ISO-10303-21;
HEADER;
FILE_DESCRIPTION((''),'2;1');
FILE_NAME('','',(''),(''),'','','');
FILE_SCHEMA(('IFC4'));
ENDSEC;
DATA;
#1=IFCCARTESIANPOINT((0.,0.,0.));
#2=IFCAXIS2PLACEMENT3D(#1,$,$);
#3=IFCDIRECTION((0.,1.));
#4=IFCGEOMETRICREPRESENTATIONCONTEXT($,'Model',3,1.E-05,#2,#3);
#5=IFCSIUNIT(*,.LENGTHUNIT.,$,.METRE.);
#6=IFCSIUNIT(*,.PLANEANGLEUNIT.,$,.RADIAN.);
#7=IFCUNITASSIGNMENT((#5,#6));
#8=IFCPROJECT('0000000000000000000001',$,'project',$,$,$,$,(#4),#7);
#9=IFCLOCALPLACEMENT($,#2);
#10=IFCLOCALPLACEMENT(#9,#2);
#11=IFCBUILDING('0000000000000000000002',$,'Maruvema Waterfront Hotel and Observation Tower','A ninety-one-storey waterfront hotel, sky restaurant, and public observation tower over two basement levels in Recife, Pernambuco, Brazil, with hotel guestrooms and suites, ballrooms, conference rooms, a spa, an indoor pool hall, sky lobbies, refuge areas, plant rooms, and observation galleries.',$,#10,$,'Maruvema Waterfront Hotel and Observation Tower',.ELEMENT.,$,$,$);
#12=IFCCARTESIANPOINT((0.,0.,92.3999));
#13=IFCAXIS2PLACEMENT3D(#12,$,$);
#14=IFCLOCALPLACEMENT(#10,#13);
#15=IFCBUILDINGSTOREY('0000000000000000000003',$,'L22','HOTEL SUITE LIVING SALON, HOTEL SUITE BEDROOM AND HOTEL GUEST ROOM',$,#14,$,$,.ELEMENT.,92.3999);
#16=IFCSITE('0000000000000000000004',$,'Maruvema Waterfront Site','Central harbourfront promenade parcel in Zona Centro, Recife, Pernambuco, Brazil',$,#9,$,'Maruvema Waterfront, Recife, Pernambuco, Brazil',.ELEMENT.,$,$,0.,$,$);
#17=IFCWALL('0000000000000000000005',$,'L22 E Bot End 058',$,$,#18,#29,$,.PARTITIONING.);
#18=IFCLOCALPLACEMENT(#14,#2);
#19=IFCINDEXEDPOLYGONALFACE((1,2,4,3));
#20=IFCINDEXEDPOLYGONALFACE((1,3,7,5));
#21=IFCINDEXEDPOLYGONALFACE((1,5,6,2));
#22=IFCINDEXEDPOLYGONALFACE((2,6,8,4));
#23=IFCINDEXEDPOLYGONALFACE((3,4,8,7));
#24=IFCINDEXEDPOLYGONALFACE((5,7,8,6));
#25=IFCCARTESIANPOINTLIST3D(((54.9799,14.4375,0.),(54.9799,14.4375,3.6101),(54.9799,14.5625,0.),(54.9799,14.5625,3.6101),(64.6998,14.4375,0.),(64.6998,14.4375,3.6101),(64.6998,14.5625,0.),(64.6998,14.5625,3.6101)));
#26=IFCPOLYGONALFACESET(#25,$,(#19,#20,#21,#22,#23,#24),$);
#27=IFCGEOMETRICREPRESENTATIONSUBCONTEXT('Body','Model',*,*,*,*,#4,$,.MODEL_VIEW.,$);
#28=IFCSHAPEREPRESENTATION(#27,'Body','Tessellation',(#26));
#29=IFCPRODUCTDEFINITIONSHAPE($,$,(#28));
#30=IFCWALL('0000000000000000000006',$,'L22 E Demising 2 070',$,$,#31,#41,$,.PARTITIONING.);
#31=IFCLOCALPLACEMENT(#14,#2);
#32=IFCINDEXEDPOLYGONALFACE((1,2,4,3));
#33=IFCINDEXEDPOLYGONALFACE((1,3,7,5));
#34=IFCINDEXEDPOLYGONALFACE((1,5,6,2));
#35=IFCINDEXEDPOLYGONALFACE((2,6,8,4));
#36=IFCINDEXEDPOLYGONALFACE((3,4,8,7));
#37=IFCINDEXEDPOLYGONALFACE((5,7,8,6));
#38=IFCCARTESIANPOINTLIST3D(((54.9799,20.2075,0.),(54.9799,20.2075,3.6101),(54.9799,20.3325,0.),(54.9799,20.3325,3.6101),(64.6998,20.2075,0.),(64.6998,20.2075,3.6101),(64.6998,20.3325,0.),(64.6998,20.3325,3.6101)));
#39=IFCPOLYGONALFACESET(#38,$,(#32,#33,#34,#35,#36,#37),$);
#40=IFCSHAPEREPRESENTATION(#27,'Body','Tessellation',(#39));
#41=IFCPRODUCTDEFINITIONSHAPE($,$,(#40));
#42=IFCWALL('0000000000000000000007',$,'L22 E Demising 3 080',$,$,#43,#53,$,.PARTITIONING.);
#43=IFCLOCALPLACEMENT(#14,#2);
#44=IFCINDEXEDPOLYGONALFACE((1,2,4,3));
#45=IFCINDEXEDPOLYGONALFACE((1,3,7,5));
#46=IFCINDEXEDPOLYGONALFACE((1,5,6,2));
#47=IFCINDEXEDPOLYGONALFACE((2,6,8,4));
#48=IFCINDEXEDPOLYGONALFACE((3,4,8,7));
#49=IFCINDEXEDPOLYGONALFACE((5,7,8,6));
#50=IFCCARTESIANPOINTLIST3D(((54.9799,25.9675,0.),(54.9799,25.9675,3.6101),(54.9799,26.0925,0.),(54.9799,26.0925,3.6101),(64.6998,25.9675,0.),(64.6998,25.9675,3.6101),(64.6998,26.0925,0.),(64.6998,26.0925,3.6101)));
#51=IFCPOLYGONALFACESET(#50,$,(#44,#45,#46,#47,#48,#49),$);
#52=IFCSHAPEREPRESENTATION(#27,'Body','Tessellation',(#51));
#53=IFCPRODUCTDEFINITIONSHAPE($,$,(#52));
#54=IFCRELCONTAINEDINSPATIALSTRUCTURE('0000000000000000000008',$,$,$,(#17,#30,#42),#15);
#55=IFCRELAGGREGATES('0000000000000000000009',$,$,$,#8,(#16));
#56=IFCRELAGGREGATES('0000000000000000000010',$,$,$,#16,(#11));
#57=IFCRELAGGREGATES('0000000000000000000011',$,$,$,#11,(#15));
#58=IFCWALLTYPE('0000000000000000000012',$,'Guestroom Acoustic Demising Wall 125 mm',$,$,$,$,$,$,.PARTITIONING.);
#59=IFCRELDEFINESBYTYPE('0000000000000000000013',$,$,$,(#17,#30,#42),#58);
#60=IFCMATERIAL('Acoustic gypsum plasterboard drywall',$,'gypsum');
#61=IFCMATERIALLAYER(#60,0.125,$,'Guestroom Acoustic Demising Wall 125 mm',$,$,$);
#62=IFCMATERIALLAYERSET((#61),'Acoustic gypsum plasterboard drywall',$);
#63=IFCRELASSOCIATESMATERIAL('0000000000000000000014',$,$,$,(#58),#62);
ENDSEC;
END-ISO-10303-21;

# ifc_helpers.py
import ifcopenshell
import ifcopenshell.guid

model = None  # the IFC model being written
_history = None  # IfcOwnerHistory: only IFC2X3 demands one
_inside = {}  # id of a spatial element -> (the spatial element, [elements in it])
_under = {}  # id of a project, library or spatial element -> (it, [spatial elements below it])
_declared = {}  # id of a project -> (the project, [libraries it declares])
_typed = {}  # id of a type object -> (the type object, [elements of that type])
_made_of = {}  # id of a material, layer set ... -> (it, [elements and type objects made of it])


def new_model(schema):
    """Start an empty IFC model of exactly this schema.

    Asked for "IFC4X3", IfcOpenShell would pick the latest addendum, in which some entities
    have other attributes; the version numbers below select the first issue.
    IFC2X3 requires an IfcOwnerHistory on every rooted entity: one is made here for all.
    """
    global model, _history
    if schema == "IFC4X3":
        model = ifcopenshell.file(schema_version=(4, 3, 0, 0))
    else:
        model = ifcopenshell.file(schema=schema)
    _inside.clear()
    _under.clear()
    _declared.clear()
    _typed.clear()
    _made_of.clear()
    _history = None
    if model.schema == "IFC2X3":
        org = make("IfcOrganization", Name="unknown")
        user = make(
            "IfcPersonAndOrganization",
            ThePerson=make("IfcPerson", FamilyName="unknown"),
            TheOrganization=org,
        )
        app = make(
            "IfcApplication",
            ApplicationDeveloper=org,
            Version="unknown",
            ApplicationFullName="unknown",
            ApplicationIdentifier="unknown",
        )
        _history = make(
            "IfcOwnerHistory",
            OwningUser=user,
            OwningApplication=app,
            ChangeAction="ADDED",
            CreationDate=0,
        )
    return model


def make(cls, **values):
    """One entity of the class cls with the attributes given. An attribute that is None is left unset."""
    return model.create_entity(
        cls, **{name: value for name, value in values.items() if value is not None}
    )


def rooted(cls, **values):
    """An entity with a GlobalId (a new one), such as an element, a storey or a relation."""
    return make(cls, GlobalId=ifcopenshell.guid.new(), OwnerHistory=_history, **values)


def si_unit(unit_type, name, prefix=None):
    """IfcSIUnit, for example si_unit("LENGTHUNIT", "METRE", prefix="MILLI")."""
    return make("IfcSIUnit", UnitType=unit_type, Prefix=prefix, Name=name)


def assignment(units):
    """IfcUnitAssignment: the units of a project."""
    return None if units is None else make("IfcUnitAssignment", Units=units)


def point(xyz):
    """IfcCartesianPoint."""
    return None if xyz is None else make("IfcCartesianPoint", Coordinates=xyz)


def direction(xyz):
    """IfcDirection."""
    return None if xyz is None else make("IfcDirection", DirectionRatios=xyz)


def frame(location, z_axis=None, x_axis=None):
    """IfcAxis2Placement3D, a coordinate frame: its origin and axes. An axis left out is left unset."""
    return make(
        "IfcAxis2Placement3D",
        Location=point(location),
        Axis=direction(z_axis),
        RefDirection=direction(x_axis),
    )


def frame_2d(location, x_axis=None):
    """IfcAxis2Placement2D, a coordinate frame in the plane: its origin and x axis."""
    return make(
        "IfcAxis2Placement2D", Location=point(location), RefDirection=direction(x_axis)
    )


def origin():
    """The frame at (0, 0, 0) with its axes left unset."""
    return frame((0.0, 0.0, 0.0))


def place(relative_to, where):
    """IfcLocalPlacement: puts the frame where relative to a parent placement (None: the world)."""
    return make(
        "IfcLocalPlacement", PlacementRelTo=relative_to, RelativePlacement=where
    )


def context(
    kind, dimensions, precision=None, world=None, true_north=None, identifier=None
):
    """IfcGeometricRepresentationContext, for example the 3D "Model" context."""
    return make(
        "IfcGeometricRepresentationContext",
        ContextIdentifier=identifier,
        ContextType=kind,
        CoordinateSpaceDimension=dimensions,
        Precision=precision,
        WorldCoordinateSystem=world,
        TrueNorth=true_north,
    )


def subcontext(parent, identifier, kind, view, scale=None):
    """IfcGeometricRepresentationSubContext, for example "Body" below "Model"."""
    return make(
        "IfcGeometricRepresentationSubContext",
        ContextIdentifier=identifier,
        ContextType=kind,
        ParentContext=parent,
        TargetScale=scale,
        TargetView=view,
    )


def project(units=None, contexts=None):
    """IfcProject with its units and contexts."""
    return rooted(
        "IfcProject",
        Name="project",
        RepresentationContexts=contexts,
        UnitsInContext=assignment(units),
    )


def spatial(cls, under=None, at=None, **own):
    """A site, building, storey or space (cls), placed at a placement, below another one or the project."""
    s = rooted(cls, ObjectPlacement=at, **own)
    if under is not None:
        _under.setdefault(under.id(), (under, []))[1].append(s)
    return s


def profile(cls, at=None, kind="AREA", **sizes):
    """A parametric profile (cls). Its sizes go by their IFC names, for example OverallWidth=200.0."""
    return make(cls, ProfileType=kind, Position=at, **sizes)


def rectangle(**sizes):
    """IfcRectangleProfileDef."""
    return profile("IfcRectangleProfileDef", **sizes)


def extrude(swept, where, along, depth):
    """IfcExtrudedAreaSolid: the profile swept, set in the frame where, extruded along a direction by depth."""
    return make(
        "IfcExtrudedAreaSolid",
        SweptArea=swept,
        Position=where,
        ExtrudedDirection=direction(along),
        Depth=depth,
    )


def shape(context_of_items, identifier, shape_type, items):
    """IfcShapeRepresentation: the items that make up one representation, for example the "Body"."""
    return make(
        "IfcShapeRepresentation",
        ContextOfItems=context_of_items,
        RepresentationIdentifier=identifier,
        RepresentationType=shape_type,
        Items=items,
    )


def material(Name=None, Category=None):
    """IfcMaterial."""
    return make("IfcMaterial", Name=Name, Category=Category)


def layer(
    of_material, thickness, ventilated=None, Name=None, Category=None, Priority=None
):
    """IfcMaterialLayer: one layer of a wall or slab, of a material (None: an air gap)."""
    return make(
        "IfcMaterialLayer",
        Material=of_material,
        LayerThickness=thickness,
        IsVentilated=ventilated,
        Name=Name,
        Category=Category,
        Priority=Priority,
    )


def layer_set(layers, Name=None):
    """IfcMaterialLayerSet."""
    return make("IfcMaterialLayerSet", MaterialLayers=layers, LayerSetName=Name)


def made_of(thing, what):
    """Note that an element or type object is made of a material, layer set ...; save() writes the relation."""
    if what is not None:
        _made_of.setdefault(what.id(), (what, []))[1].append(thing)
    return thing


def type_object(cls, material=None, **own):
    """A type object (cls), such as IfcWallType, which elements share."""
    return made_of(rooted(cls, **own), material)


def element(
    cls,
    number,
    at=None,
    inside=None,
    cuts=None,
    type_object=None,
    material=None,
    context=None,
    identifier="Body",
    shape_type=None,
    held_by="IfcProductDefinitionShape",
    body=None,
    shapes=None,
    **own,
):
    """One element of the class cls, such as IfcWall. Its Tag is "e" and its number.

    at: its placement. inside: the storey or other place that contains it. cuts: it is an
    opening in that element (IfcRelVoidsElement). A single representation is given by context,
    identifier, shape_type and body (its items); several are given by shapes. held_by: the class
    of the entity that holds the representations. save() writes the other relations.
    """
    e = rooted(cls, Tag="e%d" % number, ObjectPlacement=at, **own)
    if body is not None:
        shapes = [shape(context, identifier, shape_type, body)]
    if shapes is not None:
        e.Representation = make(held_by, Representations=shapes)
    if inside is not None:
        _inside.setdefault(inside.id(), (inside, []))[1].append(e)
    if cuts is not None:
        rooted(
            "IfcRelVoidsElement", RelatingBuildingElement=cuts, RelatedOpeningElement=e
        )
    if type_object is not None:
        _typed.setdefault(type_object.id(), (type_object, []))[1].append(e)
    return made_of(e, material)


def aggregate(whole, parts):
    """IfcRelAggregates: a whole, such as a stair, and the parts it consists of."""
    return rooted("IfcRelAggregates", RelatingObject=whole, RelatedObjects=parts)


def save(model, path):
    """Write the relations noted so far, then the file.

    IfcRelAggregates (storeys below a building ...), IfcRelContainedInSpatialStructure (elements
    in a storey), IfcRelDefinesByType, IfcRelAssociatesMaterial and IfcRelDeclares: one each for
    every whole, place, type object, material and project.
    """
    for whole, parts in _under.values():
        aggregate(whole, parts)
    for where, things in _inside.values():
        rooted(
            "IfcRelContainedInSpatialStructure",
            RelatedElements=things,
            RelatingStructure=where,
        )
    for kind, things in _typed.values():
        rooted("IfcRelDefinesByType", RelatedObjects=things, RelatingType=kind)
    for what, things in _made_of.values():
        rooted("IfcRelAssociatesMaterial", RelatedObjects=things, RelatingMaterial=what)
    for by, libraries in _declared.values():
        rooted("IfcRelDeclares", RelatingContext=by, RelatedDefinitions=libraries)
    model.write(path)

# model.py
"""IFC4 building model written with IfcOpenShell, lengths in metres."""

from ifc_helpers import new_model, si_unit, direction, frame, frame_2d, origin, place, context, subcontext, project, spatial, rectangle, extrude, material, layer, layer_set, type_object, element, save


model = new_model("IFC4")

# Units and contexts
model_context = context("Model", 3, precision=1e-05, world=origin(), true_north=direction((0.0, 1.0)))
body_context = subcontext(model_context, "Body", "Model", "MODEL_VIEW")
ifc_project = project(units=[si_unit("LENGTHUNIT", "METRE"), si_unit("PLANEANGLEUNIT", "RADIAN")], contexts=[model_context])

# Site, building, storey
site_placement = place(None, origin())
site = spatial("IfcSite", under=ifc_project, at=site_placement, Name="Maruvema Waterfront Site", Description="Central harbourfront promenade parcel in Zona Centro, Recife, Pernambuco, Brazil", LongName="Maruvema Waterfront, Recife, Pernambuco, Brazil", CompositionType="ELEMENT", RefElevation=0.0)
building_placement = place(site_placement, origin())
building = spatial("IfcBuilding", under=site, at=building_placement, Name="Maruvema Waterfront Hotel and Observation Tower", Description="A ninety-one-storey waterfront hotel, sky restaurant, and public observation tower over two basement levels in Recife, Pernambuco, Brazil, with hotel guestrooms and suites, ballrooms, conference rooms, a spa, an indoor pool hall, sky lobbies, refuge areas, plant rooms, and observation galleries.", LongName="Maruvema Waterfront Hotel and Observation Tower", CompositionType="ELEMENT")
storey_placement = place(building_placement, frame((0.0, 0.0, 92.3999)))
storey = spatial("IfcBuildingStorey", under=building, at=storey_placement, Name="L22", Description="HOTEL SUITE LIVING SALON, HOTEL SUITE BEDROOM AND HOTEL GUEST ROOM", CompositionType="ELEMENT", Elevation=92.3999)

# Walls
ifc_material_1 = material(Name="Acoustic gypsum plasterboard drywall", Category="gypsum")
ifc_layer_1 = layer(ifc_material_1, 0.125, Name="Guestroom Acoustic Demising Wall 125 mm")
ifc_layer_set_1 = layer_set([ifc_layer_1], Name="Acoustic gypsum plasterboard drywall")
wall_type_1 = type_object("IfcWallType", Name="Guestroom Acoustic Demising Wall 125 mm", PredefinedType="PARTITIONING", material=ifc_layer_set_1)
for number, where, z_axis, x_axis, name in (
    (1, (54.98, 14.5, 0.0), (0.0, 0.0, 1.0), (1.0, 0.0, 0.0), "L22 E Bot End 058"),
    (2, (54.98, 20.27, 0.0), (0.0, 0.0, 1.0), (1.0, 0.0, 0.0), "L22 E Demising 2 070"),
    (3, (54.98, 26.03, 0.0), (0.0, 0.0, 1.0), (1.0, 0.0, 0.0), "L22 E Demising 3 080"),
):
    element("IfcWall", number, at=place(storey_placement, frame(where, z_axis=z_axis, x_axis=x_axis)), inside=storey, type_object=wall_type_1, Name=name, PredefinedType="PARTITIONING", context=body_context, shape_type="SweptSolid", body=[
        extrude(rectangle(XDim=9.72, YDim=0.125, at=frame_2d((4.8599, 0.0))), origin(), (0.0, 0.0, 1.0), 3.6101),
    ])

save(model, "model.ifc")
